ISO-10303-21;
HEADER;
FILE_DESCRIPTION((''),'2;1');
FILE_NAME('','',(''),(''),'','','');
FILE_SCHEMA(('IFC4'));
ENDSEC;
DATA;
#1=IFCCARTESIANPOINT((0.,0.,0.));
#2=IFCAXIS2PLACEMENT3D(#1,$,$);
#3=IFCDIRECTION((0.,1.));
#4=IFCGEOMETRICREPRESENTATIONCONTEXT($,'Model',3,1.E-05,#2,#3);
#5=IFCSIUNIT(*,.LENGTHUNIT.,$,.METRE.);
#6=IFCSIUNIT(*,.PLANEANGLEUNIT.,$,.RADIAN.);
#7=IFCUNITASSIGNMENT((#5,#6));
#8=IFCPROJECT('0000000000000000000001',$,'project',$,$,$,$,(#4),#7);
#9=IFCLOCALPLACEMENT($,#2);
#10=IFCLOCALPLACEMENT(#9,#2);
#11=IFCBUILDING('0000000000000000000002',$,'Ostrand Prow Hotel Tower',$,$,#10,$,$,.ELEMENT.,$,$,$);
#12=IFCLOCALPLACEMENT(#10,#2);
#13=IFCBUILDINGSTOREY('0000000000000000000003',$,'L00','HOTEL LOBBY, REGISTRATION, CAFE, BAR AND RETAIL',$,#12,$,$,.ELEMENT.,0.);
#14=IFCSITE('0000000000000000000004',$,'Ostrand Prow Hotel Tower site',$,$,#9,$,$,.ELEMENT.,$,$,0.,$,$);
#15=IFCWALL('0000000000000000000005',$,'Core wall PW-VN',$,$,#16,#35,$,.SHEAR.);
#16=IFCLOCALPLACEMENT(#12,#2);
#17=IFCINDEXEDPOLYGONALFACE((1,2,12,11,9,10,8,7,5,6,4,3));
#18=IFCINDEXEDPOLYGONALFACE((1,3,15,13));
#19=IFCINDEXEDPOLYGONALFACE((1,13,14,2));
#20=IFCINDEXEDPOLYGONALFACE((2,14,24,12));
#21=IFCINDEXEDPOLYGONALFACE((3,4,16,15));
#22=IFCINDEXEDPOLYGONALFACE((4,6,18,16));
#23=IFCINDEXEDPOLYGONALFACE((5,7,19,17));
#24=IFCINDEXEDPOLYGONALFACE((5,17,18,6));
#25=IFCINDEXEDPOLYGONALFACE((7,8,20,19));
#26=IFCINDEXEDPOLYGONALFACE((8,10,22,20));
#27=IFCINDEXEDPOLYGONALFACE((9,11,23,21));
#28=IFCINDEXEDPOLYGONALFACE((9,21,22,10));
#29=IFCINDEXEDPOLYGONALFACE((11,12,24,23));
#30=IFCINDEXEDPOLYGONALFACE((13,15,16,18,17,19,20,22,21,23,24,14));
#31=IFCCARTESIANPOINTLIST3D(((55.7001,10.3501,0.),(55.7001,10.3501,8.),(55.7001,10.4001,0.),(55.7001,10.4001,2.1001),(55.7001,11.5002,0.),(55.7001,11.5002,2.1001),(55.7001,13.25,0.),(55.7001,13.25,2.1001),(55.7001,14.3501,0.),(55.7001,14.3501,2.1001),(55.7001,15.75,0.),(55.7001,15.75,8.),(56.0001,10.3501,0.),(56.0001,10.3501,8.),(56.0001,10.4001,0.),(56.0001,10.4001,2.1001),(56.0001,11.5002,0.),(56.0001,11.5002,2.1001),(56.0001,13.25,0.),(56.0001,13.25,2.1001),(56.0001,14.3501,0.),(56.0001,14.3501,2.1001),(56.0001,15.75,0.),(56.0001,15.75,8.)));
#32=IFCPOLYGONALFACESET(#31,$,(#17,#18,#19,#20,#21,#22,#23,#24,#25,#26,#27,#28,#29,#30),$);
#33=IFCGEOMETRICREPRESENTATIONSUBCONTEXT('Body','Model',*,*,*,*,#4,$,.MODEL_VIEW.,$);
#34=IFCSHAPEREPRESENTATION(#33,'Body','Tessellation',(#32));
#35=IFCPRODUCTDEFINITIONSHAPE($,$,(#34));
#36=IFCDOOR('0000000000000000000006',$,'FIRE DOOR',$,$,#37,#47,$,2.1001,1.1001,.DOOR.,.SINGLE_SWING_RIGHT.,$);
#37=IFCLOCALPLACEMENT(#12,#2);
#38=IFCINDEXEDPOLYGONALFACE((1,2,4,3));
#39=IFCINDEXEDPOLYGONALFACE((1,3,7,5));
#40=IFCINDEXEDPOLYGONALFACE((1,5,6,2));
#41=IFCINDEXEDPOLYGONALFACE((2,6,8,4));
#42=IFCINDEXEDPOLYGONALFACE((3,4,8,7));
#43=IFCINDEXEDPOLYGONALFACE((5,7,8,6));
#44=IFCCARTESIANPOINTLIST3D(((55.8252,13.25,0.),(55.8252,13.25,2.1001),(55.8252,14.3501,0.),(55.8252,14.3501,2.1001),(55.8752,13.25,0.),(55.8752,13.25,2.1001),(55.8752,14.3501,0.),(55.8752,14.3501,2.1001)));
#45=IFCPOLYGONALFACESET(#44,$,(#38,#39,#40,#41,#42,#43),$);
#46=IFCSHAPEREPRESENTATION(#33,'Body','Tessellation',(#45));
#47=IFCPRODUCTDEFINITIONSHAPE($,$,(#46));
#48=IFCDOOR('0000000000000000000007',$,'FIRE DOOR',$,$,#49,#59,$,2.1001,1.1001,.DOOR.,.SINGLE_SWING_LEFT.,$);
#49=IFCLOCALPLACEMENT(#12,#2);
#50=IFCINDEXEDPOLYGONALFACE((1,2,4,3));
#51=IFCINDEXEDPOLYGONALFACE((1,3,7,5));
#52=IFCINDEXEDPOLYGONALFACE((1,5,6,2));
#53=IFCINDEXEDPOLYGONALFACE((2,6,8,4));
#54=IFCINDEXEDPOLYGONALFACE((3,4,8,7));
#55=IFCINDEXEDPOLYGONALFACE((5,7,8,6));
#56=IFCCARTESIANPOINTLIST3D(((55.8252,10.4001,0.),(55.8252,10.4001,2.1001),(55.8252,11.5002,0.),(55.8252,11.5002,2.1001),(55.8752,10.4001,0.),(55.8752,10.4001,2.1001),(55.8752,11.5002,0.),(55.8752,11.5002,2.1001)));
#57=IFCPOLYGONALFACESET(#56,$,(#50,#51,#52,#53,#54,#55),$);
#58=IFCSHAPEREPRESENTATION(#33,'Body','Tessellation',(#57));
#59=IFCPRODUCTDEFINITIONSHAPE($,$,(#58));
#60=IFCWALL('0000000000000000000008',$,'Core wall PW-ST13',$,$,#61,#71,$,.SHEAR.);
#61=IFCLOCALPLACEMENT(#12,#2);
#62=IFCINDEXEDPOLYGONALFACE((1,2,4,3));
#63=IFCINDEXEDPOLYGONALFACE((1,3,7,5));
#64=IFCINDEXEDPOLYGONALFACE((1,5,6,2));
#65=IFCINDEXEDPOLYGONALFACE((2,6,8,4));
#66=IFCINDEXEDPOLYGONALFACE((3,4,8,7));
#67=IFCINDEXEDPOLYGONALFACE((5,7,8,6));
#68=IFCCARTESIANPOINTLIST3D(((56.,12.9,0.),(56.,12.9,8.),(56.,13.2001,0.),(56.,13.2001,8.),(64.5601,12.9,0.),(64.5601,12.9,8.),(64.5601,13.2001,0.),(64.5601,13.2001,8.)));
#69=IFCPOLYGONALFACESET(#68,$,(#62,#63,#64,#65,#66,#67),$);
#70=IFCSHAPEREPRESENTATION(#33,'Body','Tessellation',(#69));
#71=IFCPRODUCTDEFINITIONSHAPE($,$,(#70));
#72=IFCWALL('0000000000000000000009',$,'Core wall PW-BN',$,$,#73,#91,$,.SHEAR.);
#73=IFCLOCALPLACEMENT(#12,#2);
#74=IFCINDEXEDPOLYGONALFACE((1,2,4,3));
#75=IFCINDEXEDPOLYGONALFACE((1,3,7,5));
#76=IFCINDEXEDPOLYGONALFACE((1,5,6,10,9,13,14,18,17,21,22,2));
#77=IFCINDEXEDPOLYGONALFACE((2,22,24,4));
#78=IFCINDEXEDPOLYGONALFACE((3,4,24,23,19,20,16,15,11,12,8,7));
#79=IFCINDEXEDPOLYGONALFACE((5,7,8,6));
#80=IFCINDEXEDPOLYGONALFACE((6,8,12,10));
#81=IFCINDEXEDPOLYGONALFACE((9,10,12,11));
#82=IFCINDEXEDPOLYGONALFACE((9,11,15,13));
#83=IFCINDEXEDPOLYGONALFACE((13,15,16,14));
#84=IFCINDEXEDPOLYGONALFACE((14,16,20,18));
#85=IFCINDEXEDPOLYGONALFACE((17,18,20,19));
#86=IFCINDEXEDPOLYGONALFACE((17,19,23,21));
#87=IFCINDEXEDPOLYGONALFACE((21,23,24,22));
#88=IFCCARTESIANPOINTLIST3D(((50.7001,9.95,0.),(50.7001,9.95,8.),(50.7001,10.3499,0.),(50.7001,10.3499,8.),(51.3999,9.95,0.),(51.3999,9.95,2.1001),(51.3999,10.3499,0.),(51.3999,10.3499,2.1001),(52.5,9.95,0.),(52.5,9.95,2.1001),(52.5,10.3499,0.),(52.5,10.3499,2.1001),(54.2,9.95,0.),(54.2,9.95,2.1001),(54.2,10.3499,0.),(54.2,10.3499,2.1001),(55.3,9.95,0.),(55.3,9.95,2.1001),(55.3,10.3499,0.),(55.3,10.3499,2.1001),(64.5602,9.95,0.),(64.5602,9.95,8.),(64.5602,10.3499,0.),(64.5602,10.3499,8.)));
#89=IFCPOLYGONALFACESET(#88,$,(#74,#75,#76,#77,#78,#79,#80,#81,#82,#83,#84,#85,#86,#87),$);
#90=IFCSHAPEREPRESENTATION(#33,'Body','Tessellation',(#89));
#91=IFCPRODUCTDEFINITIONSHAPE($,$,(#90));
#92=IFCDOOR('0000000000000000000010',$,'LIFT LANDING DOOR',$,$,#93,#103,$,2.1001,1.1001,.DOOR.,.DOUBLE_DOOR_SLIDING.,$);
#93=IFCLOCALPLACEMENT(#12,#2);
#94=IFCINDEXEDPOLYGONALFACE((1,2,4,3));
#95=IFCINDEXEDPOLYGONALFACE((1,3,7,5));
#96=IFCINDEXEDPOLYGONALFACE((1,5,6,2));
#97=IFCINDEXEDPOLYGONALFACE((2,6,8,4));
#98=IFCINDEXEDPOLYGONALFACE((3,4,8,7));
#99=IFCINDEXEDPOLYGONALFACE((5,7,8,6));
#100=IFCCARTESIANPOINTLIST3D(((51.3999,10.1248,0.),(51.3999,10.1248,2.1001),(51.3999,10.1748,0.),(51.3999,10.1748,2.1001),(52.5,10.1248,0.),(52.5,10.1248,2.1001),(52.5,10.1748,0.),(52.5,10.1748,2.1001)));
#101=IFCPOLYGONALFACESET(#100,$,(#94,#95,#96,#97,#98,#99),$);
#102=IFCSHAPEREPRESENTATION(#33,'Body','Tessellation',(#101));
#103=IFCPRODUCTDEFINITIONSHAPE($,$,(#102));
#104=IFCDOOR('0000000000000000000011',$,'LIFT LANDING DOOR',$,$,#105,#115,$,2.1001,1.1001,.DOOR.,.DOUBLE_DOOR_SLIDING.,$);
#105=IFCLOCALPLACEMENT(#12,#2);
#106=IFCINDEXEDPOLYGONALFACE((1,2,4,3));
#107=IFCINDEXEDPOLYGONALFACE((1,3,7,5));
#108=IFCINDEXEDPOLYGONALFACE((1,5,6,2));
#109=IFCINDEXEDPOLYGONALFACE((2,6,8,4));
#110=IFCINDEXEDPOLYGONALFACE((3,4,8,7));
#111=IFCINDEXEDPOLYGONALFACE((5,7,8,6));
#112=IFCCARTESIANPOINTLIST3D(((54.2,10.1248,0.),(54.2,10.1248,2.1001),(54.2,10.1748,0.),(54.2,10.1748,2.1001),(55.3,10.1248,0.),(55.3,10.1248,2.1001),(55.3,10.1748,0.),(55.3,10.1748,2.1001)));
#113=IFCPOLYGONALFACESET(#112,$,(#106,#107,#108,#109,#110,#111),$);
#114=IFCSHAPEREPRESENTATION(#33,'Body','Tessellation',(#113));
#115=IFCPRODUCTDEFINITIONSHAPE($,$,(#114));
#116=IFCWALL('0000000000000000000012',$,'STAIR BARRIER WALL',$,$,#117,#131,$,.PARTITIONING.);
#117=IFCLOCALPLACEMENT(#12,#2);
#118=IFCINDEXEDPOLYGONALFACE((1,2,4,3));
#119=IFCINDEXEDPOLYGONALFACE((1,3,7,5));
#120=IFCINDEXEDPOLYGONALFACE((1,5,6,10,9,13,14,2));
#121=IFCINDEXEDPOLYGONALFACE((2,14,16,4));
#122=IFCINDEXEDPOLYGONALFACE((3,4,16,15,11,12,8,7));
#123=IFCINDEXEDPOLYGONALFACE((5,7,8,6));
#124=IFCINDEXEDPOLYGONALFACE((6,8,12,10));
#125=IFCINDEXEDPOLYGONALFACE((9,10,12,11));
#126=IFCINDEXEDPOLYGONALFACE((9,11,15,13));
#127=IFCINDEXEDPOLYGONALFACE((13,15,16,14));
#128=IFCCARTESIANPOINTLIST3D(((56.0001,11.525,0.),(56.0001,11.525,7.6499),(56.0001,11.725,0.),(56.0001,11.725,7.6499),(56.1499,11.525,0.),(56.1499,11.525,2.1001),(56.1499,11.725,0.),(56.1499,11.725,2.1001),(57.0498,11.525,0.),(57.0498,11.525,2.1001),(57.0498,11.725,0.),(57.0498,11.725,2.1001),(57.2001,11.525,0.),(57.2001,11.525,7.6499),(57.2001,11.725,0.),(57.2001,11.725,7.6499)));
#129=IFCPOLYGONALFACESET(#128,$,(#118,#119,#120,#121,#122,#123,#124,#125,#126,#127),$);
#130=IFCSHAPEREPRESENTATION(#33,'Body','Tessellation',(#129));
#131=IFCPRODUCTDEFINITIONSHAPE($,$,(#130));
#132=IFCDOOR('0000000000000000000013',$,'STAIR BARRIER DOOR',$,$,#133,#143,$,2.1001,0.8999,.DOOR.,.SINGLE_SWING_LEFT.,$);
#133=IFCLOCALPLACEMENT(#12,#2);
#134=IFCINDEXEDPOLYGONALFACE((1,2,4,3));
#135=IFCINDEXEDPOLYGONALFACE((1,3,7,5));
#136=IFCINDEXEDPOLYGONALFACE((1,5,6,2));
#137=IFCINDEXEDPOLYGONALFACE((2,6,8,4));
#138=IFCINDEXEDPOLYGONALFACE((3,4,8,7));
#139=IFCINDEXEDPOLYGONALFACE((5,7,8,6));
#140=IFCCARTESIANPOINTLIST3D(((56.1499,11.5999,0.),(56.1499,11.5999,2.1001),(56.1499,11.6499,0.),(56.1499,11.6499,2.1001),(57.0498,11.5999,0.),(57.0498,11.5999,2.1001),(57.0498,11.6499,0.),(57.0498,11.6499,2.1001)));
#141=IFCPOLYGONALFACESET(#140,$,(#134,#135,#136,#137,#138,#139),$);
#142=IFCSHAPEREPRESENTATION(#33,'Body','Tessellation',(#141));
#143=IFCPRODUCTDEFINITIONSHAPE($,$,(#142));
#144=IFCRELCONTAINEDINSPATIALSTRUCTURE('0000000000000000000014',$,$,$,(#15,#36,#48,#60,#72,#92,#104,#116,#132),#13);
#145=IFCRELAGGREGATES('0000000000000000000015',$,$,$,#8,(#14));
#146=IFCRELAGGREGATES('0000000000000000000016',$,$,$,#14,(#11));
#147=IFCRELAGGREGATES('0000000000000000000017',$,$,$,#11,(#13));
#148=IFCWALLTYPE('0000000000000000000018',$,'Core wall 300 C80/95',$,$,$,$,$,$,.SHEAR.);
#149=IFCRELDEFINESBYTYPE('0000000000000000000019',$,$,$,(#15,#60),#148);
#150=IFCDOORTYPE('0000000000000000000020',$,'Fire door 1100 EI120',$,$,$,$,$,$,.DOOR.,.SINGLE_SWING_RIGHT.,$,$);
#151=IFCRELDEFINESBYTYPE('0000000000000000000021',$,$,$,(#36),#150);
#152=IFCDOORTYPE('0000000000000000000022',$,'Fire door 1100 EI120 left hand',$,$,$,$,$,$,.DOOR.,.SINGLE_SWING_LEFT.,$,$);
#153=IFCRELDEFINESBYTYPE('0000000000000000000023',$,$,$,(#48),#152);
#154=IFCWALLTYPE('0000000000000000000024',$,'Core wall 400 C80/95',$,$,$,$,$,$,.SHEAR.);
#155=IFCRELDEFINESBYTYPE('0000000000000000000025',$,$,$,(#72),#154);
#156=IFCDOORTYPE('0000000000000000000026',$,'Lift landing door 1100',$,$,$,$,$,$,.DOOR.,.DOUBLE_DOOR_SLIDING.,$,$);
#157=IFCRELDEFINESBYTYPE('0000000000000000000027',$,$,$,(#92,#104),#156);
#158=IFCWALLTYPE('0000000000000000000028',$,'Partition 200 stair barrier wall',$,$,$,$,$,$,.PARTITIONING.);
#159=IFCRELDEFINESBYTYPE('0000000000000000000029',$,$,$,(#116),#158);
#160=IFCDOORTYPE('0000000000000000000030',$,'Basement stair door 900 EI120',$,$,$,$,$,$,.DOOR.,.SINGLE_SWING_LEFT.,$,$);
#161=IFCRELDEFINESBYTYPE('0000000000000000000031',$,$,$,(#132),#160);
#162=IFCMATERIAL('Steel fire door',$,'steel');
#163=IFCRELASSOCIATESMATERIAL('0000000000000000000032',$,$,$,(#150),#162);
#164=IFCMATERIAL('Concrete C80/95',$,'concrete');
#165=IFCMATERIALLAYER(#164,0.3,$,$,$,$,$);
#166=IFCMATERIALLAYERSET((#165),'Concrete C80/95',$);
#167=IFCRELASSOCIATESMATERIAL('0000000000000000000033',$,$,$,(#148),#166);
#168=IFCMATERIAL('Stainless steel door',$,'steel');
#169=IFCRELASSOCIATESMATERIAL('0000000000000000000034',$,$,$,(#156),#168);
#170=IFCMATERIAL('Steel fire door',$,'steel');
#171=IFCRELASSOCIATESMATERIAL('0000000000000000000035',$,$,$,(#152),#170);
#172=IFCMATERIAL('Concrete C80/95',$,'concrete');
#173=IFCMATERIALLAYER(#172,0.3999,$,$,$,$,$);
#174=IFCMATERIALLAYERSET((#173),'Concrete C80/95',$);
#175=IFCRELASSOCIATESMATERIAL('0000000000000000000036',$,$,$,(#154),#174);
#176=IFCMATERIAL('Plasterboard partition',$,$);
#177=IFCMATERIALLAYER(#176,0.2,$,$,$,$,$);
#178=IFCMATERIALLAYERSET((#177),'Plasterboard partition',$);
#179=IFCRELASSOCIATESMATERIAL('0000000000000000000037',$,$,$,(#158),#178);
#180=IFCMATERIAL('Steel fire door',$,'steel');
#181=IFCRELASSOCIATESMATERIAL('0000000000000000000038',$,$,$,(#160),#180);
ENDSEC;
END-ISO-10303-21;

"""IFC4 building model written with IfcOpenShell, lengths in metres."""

from ifc_helpers import new_model, si_unit, direction, frame, frame_2d, origin, place, context, subcontext, project, spatial, rectangle, extrude, material, layer, layer_set, type_object, element, fill, save


model = new_model("IFC4")

# Units and contexts
model_context = context("Model", 3, precision=1e-05, world=origin(), true_north=direction((0.0, 1.0)))
body_context = subcontext(model_context, "Body", "Model", "MODEL_VIEW")
ifc_project = project(units=[si_unit("LENGTHUNIT", "METRE"), si_unit("PLANEANGLEUNIT", "RADIAN")], contexts=[model_context])

# Site, building, storey
site_placement = place(None, origin())
site = spatial("IfcSite", under=ifc_project, at=site_placement, Name="Ostrand Prow Hotel Tower site", CompositionType="ELEMENT", RefElevation=0.0)
building_placement = place(site_placement, origin())
building = spatial("IfcBuilding", under=site, at=building_placement, Name="Ostrand Prow Hotel Tower", CompositionType="ELEMENT")
storey_placement = place(building_placement, origin())
storey = spatial("IfcBuildingStorey", under=building, at=storey_placement, Name="L00", Description="HOTEL LOBBY, REGISTRATION, CAFE, BAR AND RETAIL", CompositionType="ELEMENT", Elevation=0.0)

# Shared definitions
ifc_material_1 = material(Name="Steel fire door", Category="steel")
door_type_1 = type_object("IfcDoorType", Name="Fire door 1100 EI120", OperationType="SINGLE_SWING_RIGHT", PredefinedType="DOOR", material=ifc_material_1)

# Shared definitions
ifc_material_2 = material(Name="Concrete C80/95", Category="concrete")
ifc_layer_1 = layer(ifc_material_2, 0.3)
ifc_layer_set_1 = layer_set([ifc_layer_1], Name="Concrete C80/95")
wall_type_1 = type_object("IfcWallType", Name="Core wall 300 C80/95", PredefinedType="SHEAR", material=ifc_layer_set_1)
ifc_material_3 = material(Name="Stainless steel door", Category="steel")
door_type_2 = type_object("IfcDoorType", Name="Lift landing door 1100", OperationType="DOUBLE_DOOR_SLIDING", PredefinedType="DOOR", material=ifc_material_3)

# Wall, openings, doors
wall_1_placement = place(storey_placement, frame((55.8501, 10.3501, 0.0), z_axis=(0.0, 0.0, 1.0), x_axis=(0.0, 1.0, 0.0)))
wall_1 = element("IfcWall", 1, at=wall_1_placement, inside=storey, type_object=wall_type_1, Name="Core wall PW-VN", PredefinedType="SHEAR", context=body_context, shape_type="SweptSolid", body=[
    extrude(rectangle(XDim=5.3999, YDim=0.3, at=frame_2d((2.7, 0.0))), origin(), (0.0, 0.0, 1.0), 8.0),
])
opening_1_placement = place(wall_1_placement, frame((0.05, 0.0, 0.0)))
opening_1 = element("IfcOpeningElement", 2, at=opening_1_placement, cuts=wall_1, PredefinedType="OPENING", context=body_context, shape_type="SweptSolid", body=[
    extrude(rectangle(XDim=1.1001, YDim=2.1001, at=frame_2d((0.55, 1.05))), frame((0.0, 0.1599, 0.0), z_axis=(0.0, -1.0, 0.0), x_axis=(1.0, 0.0, 0.0)), (0.0, 0.0, 1.0), 0.3201),
])
opening_2_placement = place(wall_1_placement, frame((2.8999, 0.0, 0.0)))
opening_2 = element("IfcOpeningElement", 3, at=opening_2_placement, cuts=wall_1, PredefinedType="OPENING", context=body_context, shape_type="SweptSolid", body=[
    extrude(rectangle(XDim=1.1001, YDim=2.1001, at=frame_2d((0.55, 1.05))), frame((0.0, 0.1599, 0.0), z_axis=(0.0, -1.0, 0.0), x_axis=(1.0, 0.0, 0.0)), (0.0, 0.0, 1.0), 0.3201),
])
door_1_placement = place(opening_2_placement, origin())
door_1 = element("IfcDoor", 4, at=door_1_placement, inside=storey, type_object=door_type_1, Name="FIRE DOOR", OperationType="SINGLE_SWING_RIGHT", OverallHeight=2.1001, OverallWidth=1.1001, PredefinedType="DOOR", context=body_context, shape_type="SweptSolid", body=[
    extrude(rectangle(XDim=1.1001, YDim=2.1001, at=frame_2d((0.55, 1.05))), frame((0.0, 0.0249, 0.0), z_axis=(0.0, -1.0, 0.0), x_axis=(1.0, 0.0, 0.0)), (0.0, 0.0, 1.0), 0.05),
])
fill(opening_2, door_1)
ifc_material_4 = material(Name="Steel fire door", Category="steel")
door_type_3 = type_object("IfcDoorType", Name="Fire door 1100 EI120 left hand", OperationType="SINGLE_SWING_LEFT", PredefinedType="DOOR", material=ifc_material_4)
door_2_placement = place(opening_1_placement, origin())
door_2 = element("IfcDoor", 5, at=door_2_placement, inside=storey, type_object=door_type_3, Name="FIRE DOOR", OperationType="SINGLE_SWING_LEFT", OverallHeight=2.1001, OverallWidth=1.1001, PredefinedType="DOOR", context=body_context, shape_type="SweptSolid", body=[
    extrude(rectangle(XDim=1.1001, YDim=2.1001, at=frame_2d((0.55, 1.05))), frame((0.0, 0.0249, 0.0), z_axis=(0.0, -1.0, 0.0), x_axis=(1.0, 0.0, 0.0)), (0.0, 0.0, 1.0), 0.05),
])
fill(opening_1, door_2)

# Wall
wall_2_placement = place(storey_placement, frame((56.0, 13.05, 0.0), z_axis=(0.0, 0.0, 1.0), x_axis=(1.0, 0.0, 0.0)))
element("IfcWall", 6, at=wall_2_placement, inside=storey, type_object=wall_type_1, Name="Core wall PW-ST13", PredefinedType="SHEAR", context=body_context, shape_type="SweptSolid", body=[
    extrude(rectangle(XDim=8.5601, YDim=0.3, at=frame_2d((4.28, 0.0))), origin(), (0.0, 0.0, 1.0), 8.0),
])

# Wall, openings, doors
ifc_material_5 = material(Name="Concrete C80/95", Category="concrete")
ifc_layer_2 = layer(ifc_material_5, 0.3999)
ifc_layer_set_2 = layer_set([ifc_layer_2], Name="Concrete C80/95")
wall_type_2 = type_object("IfcWallType", Name="Core wall 400 C80/95", PredefinedType="SHEAR", material=ifc_layer_set_2)
wall_3_placement = place(storey_placement, frame((50.7, 10.1499, 0.0), z_axis=(0.0, 0.0, 1.0), x_axis=(1.0, 0.0, 0.0)))
wall_3 = element("IfcWall", 7, at=wall_3_placement, inside=storey, type_object=wall_type_2, Name="Core wall PW-BN", PredefinedType="SHEAR", context=body_context, shape_type="SweptSolid", body=[
    extrude(rectangle(XDim=13.8601, YDim=0.3999, at=frame_2d((6.9302, 0.0))), origin(), (0.0, 0.0, 1.0), 8.0),
])
opening_3_placement = place(wall_3_placement, frame((0.7, 0.0, 0.0)))
opening_3 = element("IfcOpeningElement", 8, at=opening_3_placement, cuts=wall_3, PredefinedType="OPENING", context=body_context, shape_type="SweptSolid", body=[
    extrude(rectangle(XDim=1.1001, YDim=2.1001, at=frame_2d((0.55, 1.05))), frame((0.0, 0.21, 0.0), z_axis=(0.0, -1.0, 0.0), x_axis=(1.0, 0.0, 0.0)), (0.0, 0.0, 1.0), 0.4199),
])
opening_4_placement = place(wall_3_placement, frame((3.5, 0.0, 0.0)))
opening_4 = element("IfcOpeningElement", 9, at=opening_4_placement, cuts=wall_3, PredefinedType="OPENING", context=body_context, shape_type="SweptSolid", body=[
    extrude(rectangle(XDim=1.1001, YDim=2.1001, at=frame_2d((0.55, 1.05))), frame((0.0, 0.21, 0.0), z_axis=(0.0, -1.0, 0.0), x_axis=(1.0, 0.0, 0.0)), (0.0, 0.0, 1.0), 0.4199),
])
door_3_placement = place(opening_3_placement, origin())
door_3 = element("IfcDoor", 10, at=door_3_placement, inside=storey, type_object=door_type_2, Name="LIFT LANDING DOOR", OperationType="DOUBLE_DOOR_SLIDING", OverallHeight=2.1001, OverallWidth=1.1001, PredefinedType="DOOR", context=body_context, shape_type="SweptSolid", body=[
    extrude(rectangle(XDim=1.1001, YDim=2.1001, at=frame_2d((0.55, 1.05))), frame((0.0, 0.0249, 0.0), z_axis=(0.0, -1.0, 0.0), x_axis=(1.0, 0.0, 0.0)), (0.0, 0.0, 1.0), 0.05),
])
fill(opening_3, door_3)
door_4_placement = place(opening_4_placement, origin())
door_4 = element("IfcDoor", 11, at=door_4_placement, inside=storey, type_object=door_type_2, Name="LIFT LANDING DOOR", OperationType="DOUBLE_DOOR_SLIDING", OverallHeight=2.1001, OverallWidth=1.1001, PredefinedType="DOOR", context=body_context, shape_type="SweptSolid", body=[
    extrude(rectangle(XDim=1.1001, YDim=2.1001, at=frame_2d((0.55, 1.05))), frame((0.0, 0.0249, 0.0), z_axis=(0.0, -1.0, 0.0), x_axis=(1.0, 0.0, 0.0)), (0.0, 0.0, 1.0), 0.05),
])
fill(opening_4, door_4)

# Wall, opening, door
ifc_material_6 = material(Name="Plasterboard partition")
ifc_layer_3 = layer(ifc_material_6, 0.2)
ifc_layer_set_3 = layer_set([ifc_layer_3], Name="Plasterboard partition")
wall_type_3 = type_object("IfcWallType", Name="Partition 200 stair barrier wall", PredefinedType="PARTITIONING", material=ifc_layer_set_3)
wall_4_placement = place(storey_placement, frame((56.0, 11.625, 0.0), z_axis=(0.0, 0.0, 1.0), x_axis=(1.0, 0.0, 0.0)))
wall_4 = element("IfcWall", 12, at=wall_4_placement, inside=storey, type_object=wall_type_3, Name="STAIR BARRIER WALL", PredefinedType="PARTITIONING", context=body_context, shape_type="SweptSolid", body=[
    extrude(rectangle(XDim=1.2, YDim=0.2, at=frame_2d((0.6001, 0.0))), origin(), (0.0, 0.0, 1.0), 7.6499),
])
opening_5_placement = place(wall_4_placement, frame((0.1499, 0.0, 0.0)))
opening_5 = element("IfcOpeningElement", 13, at=opening_5_placement, cuts=wall_4, PredefinedType="OPENING", context=body_context, shape_type="SweptSolid", body=[
    extrude(rectangle(XDim=0.8999, YDim=2.1001, at=frame_2d((0.45, 1.05))), frame((0.0, 0.1099, 0.0), z_axis=(0.0, -1.0, 0.0), x_axis=(1.0, 0.0, 0.0)), (0.0, 0.0, 1.0), 0.22),
])
ifc_material_7 = material(Name="Steel fire door", Category="steel")
door_type_4 = type_object("IfcDoorType", Name="Basement stair door 900 EI120", OperationType="SINGLE_SWING_LEFT", PredefinedType="DOOR", material=ifc_material_7)
door_5_placement = place(opening_5_placement, origin())
door_5 = element("IfcDoor", 14, at=door_5_placement, inside=storey, type_object=door_type_4, Name="STAIR BARRIER DOOR", OperationType="SINGLE_SWING_LEFT", OverallHeight=2.1001, OverallWidth=0.8999, PredefinedType="DOOR", context=body_context, shape_type="SweptSolid", body=[
    extrude(rectangle(XDim=0.8999, YDim=2.1001, at=frame_2d((0.45, 1.05))), frame((0.0, 0.0249, 0.0), z_axis=(0.0, -1.0, 0.0), x_axis=(1.0, 0.0, 0.0)), (0.0, 0.0, 1.0), 0.05),
])
fill(opening_5, door_5)

save(model, "model.ifc")
